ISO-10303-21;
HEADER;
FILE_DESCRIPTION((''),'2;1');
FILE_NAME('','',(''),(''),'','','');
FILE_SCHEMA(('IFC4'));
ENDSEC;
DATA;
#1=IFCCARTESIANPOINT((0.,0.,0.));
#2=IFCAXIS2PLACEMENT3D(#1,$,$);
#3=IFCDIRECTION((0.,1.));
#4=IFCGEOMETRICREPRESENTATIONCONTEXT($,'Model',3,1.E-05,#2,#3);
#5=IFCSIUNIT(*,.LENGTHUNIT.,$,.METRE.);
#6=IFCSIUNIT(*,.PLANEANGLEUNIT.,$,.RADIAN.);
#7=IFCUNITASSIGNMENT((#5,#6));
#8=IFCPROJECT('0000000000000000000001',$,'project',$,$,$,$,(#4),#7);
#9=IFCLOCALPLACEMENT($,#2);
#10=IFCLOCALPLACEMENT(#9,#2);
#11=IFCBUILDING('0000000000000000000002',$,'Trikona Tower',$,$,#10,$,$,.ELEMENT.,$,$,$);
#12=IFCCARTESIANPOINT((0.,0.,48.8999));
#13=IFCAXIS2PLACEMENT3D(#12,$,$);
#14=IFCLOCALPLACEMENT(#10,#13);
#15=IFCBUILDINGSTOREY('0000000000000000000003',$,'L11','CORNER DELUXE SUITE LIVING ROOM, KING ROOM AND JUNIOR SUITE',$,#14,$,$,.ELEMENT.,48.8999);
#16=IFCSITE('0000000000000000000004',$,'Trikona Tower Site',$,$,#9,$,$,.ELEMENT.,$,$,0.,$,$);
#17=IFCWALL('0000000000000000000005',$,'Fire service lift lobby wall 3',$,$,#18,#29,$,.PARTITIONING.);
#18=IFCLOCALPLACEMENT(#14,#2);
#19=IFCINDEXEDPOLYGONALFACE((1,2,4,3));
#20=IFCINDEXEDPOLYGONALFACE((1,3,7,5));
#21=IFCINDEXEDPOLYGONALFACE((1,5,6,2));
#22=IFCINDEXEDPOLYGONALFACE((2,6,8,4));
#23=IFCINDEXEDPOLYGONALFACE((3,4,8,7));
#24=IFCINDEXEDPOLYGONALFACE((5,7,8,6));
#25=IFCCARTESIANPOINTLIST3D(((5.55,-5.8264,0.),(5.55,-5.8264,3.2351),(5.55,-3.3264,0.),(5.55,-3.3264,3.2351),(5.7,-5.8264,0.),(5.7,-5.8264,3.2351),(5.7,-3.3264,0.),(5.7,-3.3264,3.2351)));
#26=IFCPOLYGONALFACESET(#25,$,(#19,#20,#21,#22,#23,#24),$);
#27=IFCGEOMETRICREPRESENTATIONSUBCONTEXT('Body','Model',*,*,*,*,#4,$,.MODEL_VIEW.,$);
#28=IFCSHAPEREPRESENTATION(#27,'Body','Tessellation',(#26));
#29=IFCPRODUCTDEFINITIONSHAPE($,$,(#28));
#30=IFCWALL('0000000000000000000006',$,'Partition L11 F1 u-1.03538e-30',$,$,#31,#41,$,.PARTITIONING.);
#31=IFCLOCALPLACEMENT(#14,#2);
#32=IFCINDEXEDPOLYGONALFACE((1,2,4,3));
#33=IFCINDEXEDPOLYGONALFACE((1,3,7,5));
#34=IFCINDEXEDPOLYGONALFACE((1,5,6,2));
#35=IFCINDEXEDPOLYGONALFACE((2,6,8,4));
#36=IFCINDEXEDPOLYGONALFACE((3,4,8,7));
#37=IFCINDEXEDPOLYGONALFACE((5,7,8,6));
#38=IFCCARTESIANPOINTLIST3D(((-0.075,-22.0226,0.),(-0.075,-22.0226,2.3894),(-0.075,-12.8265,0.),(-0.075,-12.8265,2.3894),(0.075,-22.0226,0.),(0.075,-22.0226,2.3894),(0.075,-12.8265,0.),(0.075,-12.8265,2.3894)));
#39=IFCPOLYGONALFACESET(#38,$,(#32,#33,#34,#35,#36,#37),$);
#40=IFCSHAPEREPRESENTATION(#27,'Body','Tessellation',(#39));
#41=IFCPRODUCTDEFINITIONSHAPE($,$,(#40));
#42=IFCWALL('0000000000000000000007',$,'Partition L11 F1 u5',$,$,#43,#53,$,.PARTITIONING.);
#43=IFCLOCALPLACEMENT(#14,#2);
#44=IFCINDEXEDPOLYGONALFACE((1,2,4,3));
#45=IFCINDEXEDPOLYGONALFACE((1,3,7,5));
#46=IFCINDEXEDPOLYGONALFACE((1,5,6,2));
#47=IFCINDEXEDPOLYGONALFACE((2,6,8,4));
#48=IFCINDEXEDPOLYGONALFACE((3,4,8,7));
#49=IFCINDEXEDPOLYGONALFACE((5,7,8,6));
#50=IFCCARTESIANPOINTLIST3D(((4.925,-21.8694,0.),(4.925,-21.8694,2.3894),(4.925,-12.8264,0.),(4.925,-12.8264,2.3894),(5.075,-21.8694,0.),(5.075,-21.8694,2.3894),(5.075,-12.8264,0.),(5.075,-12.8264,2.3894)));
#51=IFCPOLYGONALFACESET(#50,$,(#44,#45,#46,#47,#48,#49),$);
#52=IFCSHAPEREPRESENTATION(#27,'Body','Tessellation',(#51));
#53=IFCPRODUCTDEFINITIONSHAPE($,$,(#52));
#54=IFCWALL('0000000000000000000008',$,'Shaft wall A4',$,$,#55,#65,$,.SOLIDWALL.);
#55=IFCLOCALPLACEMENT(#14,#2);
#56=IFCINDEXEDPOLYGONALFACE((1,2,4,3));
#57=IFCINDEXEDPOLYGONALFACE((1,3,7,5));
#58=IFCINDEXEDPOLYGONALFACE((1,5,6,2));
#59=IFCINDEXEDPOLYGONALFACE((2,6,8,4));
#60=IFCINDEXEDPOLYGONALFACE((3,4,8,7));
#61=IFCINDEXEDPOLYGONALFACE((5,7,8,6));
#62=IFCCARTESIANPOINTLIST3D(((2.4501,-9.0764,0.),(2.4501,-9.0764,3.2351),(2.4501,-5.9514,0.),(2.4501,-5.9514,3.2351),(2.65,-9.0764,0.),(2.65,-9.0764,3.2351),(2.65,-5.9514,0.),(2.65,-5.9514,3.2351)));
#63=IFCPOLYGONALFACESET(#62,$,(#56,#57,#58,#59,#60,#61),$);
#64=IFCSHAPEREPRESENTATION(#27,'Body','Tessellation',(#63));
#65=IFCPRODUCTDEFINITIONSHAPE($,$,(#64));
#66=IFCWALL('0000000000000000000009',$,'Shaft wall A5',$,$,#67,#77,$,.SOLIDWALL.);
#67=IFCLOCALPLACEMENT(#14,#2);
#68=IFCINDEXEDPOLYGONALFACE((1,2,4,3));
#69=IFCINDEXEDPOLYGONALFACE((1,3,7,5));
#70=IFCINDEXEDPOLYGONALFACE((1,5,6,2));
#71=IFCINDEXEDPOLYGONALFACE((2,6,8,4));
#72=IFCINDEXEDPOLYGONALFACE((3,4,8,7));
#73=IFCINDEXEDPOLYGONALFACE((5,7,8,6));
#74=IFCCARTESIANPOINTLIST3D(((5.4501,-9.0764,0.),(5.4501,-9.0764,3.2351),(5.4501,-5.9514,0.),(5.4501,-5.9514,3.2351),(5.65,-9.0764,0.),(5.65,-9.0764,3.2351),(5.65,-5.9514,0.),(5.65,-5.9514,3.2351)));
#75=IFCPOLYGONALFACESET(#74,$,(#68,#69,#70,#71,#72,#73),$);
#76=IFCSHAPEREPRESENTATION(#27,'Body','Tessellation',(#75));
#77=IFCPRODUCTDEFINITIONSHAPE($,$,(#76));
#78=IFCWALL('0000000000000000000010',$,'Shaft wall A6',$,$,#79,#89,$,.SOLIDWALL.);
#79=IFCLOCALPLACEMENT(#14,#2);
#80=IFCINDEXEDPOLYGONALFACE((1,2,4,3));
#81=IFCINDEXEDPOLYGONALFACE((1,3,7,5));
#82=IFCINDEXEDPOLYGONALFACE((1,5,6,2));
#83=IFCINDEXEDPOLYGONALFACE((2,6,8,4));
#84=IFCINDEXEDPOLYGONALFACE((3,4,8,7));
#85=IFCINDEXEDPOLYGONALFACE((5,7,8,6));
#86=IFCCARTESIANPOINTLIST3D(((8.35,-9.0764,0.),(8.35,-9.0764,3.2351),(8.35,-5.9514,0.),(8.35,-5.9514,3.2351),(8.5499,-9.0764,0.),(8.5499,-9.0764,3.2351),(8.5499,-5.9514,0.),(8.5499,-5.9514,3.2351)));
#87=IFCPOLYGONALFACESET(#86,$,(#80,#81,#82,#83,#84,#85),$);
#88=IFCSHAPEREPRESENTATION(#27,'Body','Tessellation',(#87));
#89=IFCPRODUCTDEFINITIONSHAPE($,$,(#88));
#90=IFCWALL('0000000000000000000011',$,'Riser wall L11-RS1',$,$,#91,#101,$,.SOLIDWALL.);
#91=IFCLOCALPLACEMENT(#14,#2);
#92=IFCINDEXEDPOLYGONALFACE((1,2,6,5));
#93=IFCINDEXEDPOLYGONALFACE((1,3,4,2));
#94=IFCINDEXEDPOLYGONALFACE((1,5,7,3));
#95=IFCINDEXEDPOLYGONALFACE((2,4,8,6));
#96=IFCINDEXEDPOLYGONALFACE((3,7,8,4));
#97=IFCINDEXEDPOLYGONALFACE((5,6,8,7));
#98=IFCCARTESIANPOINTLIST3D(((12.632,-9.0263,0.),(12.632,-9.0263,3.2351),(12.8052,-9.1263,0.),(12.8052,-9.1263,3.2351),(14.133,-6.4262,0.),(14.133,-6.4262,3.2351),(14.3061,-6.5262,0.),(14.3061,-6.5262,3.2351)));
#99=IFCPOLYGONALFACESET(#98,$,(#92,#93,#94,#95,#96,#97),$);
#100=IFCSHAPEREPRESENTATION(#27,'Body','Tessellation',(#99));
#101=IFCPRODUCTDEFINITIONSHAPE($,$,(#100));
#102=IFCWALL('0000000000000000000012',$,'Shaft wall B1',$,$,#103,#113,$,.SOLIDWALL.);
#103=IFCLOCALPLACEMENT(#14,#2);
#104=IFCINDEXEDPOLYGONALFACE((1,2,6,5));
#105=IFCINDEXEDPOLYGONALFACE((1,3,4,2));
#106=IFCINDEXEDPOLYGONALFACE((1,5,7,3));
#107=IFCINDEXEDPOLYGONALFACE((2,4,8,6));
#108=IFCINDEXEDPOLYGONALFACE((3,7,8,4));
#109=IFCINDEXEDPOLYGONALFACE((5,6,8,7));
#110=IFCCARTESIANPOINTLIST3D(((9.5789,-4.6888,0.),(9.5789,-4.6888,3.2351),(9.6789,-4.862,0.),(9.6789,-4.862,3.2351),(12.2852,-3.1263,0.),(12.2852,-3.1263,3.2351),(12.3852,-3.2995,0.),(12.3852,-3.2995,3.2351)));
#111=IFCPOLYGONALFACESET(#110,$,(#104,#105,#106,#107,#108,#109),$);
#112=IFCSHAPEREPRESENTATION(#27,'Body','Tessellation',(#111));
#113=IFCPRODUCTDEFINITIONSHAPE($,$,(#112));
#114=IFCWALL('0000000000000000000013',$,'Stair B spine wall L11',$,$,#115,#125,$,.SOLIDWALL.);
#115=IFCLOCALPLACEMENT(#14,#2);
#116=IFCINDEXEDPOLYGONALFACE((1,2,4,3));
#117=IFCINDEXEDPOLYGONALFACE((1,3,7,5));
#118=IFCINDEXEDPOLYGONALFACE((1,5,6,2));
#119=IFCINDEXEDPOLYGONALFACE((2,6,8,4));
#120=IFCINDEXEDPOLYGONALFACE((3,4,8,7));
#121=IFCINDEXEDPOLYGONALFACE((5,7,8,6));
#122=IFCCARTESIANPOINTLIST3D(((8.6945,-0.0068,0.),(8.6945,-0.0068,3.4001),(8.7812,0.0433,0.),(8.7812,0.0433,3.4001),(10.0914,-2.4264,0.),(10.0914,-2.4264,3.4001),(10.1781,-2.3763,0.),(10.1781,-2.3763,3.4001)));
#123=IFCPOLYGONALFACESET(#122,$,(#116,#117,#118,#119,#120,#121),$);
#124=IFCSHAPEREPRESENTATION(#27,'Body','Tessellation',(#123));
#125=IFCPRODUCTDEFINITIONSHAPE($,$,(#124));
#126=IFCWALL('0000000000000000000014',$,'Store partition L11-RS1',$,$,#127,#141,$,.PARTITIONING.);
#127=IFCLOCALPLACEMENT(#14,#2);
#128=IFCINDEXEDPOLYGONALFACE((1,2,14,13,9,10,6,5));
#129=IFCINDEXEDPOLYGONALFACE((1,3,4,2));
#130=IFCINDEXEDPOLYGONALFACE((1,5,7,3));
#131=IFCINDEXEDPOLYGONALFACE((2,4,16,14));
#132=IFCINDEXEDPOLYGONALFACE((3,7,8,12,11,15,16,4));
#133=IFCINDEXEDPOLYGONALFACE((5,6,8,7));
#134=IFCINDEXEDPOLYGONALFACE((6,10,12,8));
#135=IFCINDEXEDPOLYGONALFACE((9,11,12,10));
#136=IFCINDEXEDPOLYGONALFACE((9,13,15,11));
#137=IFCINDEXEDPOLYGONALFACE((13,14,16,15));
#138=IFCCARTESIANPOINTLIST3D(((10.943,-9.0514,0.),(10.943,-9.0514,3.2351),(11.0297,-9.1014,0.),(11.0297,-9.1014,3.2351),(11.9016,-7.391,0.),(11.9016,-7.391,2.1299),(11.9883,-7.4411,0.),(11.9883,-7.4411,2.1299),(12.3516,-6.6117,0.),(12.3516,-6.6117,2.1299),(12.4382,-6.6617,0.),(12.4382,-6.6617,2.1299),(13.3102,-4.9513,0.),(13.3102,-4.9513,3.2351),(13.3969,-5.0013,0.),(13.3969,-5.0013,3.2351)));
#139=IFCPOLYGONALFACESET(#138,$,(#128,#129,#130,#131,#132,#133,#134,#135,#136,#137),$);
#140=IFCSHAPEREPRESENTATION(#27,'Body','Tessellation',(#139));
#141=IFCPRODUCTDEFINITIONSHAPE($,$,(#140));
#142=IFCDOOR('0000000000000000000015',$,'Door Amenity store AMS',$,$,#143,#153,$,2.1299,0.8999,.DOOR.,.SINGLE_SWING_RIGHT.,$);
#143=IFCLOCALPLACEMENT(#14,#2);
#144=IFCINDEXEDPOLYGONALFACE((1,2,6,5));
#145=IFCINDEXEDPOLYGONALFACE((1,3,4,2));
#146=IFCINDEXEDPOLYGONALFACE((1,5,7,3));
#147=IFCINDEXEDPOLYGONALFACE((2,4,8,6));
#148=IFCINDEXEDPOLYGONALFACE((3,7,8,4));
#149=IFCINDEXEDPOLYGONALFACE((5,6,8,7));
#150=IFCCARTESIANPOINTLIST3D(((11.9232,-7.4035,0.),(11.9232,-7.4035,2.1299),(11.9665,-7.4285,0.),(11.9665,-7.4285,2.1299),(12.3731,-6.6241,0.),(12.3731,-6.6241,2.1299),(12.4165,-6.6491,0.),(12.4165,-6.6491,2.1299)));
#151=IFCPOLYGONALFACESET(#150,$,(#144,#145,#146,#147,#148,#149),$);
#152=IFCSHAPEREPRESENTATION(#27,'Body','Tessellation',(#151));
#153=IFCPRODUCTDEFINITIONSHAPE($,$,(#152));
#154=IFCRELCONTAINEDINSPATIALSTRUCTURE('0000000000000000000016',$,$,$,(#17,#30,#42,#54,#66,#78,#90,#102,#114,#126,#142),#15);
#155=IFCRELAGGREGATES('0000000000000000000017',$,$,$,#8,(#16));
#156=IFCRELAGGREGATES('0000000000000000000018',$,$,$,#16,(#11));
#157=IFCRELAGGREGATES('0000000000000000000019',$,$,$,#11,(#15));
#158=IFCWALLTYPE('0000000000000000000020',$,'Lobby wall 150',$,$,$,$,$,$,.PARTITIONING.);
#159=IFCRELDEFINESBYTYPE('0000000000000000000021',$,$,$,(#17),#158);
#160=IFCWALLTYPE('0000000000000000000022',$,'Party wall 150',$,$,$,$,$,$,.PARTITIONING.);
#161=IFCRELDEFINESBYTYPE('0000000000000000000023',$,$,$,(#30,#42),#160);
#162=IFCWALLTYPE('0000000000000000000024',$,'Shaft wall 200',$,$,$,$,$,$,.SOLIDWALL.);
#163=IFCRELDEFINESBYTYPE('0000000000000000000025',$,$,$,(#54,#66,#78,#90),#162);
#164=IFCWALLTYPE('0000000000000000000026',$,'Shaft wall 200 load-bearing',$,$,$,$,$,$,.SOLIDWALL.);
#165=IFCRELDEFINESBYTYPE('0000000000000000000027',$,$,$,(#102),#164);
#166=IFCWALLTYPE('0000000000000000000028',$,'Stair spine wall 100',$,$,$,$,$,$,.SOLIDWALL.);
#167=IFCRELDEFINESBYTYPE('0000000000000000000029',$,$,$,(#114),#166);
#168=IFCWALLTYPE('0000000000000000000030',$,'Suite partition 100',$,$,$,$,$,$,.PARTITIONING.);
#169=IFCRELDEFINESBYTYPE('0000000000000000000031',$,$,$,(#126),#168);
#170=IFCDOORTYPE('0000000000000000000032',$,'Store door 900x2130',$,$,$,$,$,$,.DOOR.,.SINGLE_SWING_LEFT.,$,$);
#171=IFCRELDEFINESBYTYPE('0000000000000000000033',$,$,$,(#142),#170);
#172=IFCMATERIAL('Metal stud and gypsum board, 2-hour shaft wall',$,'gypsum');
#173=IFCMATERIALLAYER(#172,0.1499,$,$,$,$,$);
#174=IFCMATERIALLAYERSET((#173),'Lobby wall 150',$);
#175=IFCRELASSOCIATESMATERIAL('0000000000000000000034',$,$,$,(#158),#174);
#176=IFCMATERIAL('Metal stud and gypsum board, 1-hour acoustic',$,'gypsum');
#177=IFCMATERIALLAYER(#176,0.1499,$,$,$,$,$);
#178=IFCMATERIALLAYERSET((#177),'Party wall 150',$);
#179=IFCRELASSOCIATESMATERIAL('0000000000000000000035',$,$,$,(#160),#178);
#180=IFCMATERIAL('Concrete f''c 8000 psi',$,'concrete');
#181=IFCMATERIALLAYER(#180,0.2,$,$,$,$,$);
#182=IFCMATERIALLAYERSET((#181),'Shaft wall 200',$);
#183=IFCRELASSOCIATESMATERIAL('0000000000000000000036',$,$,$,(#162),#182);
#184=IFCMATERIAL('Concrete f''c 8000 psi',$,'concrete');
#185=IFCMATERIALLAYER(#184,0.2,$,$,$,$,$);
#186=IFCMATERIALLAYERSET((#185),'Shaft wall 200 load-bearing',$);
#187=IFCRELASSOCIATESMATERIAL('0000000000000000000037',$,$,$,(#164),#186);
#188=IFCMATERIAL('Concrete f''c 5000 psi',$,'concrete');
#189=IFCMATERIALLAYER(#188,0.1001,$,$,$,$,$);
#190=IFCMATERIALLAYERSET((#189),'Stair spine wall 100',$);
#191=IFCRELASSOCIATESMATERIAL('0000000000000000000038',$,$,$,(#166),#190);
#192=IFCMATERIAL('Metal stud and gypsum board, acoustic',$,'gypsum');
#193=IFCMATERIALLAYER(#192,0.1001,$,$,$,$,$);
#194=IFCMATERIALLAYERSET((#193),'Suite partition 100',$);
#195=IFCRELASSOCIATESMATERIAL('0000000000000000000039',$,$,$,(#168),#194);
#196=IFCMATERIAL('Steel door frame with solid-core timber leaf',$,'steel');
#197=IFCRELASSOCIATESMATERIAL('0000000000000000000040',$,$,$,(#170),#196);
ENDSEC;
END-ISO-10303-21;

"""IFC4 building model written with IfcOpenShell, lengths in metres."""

from ifc_helpers import new_model, si_unit, direction, frame, frame_2d, origin, place, context, subcontext, project, spatial, rectangle, extrude, material, layer, layer_set, type_object, element, fill, save


model = new_model("IFC4")

# Units and contexts
model_context = context("Model", 3, precision=1e-05, world=origin(), true_north=direction((0.0, 1.0)))
body_context = subcontext(model_context, "Body", "Model", "MODEL_VIEW")
ifc_project = project(units=[si_unit("LENGTHUNIT", "METRE"), si_unit("PLANEANGLEUNIT", "RADIAN")], contexts=[model_context])

# Site, building, storey
site_placement = place(None, origin())
site = spatial("IfcSite", under=ifc_project, at=site_placement, Name="Trikona Tower Site", CompositionType="ELEMENT", RefElevation=0.0)
building_placement = place(site_placement, origin())
building = spatial("IfcBuilding", under=site, at=building_placement, Name="Trikona Tower", CompositionType="ELEMENT")
storey_placement = place(building_placement, frame((0.0, 0.0, 48.8999)))
storey = spatial("IfcBuildingStorey", under=building, at=storey_placement, Name="L11", Description="CORNER DELUXE SUITE LIVING ROOM, KING ROOM AND JUNIOR SUITE", CompositionType="ELEMENT", Elevation=48.8999)

# Walls
ifc_material_1 = material(Name="Metal stud and gypsum board, 2-hour shaft wall", Category="gypsum")
ifc_layer_1 = layer(ifc_material_1, 0.1499)
ifc_layer_set_1 = layer_set([ifc_layer_1], Name="Lobby wall 150")
wall_type_1 = type_object("IfcWallType", Name="Lobby wall 150", PredefinedType="PARTITIONING", material=ifc_layer_set_1)
wall_1_placement = place(storey_placement, frame((5.625, -5.8264, 0.0), z_axis=(0.0, 0.0, 1.0), x_axis=(0.0, 1.0, 0.0)))
element("IfcWall", 1, at=wall_1_placement, inside=storey, type_object=wall_type_1, Name="Fire service lift lobby wall 3", PredefinedType="PARTITIONING", context=body_context, shape_type="SweptSolid", body=[
    extrude(rectangle(XDim=2.5, YDim=0.1499, at=frame_2d((1.25, 0.0))), origin(), (0.0, 0.0, 1.0), 3.2351),
])
ifc_material_2 = material(Name="Metal stud and gypsum board, 1-hour acoustic", Category="gypsum")
ifc_layer_2 = layer(ifc_material_2, 0.1499)
ifc_layer_set_2 = layer_set([ifc_layer_2], Name="Party wall 150")
wall_type_2 = type_object("IfcWallType", Name="Party wall 150", PredefinedType="PARTITIONING", material=ifc_layer_set_2)
wall_2_placement = place(storey_placement, frame((0.0, -12.8264, 0.0), z_axis=(0.0, 0.0, 1.0), x_axis=(0.0, -1.0, 0.0)))
element("IfcWall", 2, at=wall_2_placement, inside=storey, type_object=wall_type_2, Name="Partition L11 F1 u-1.03538e-30", PredefinedType="PARTITIONING", context=body_context, shape_type="SweptSolid", body=[
    extrude(rectangle(XDim=9.196, YDim=0.1499, at=frame_2d((4.5981, 0.0))), origin(), (0.0, 0.0, 1.0), 2.3894),
])
wall_3_placement = place(storey_placement, frame((5.0, -12.8264, 0.0), z_axis=(0.0, 0.0, 1.0), x_axis=(0.0, -1.0, 0.0)))
element("IfcWall", 3, at=wall_3_placement, inside=storey, type_object=wall_type_2, Name="Partition L11 F1 u5", PredefinedType="PARTITIONING", context=body_context, shape_type="SweptSolid", body=[
    extrude(rectangle(XDim=9.043, YDim=0.1499, at=frame_2d((4.5215, 0.0))), origin(), (0.0, 0.0, 1.0), 2.3894),
])
ifc_material_3 = material(Name="Concrete f'c 8000 psi", Category="concrete")
ifc_layer_3 = layer(ifc_material_3, 0.2)
ifc_layer_set_3 = layer_set([ifc_layer_3], Name="Shaft wall 200")
wall_type_3 = type_object("IfcWallType", Name="Shaft wall 200", PredefinedType="SOLIDWALL", material=ifc_layer_set_3)
for number, where, z_axis, x_axis, name in (
    (4, (2.55, -5.9514, 0.0), (0.0, 0.0, 1.0), (0.0, -1.0, 0.0), "Shaft wall A4"),
    (5, (5.55, -5.9514, 0.0), (0.0, 0.0, 1.0), (0.0, -1.0, 0.0), "Shaft wall A5"),
    (6, (8.45, -5.9514, 0.0), (0.0, 0.0, 1.0), (0.0, -1.0, 0.0), "Shaft wall A6"),
):
    element("IfcWall", number, at=place(storey_placement, frame(where, z_axis=z_axis, x_axis=x_axis)), inside=storey, type_object=wall_type_3, Name=name, PredefinedType="SOLIDWALL", context=body_context, shape_type="SweptSolid", body=[
        extrude(rectangle(XDim=3.125, YDim=0.2, at=frame_2d((1.5625, 0.0))), origin(), (0.0, 0.0, 1.0), 3.2351),
    ])
wall_4_placement = place(storey_placement, frame((14.2195, -6.4763, 0.0), z_axis=(0.0, 0.0, 1.0), x_axis=(-0.499952, -0.866053, 0.0)))
element("IfcWall", 7, at=wall_4_placement, inside=storey, type_object=wall_type_3, Name="Riser wall L11-RS1", PredefinedType="SOLIDWALL", context=body_context, shape_type="SweptSolid", body=[
    extrude(rectangle(XDim=3.0022, YDim=0.2, at=frame_2d((1.501, 0.0))), origin(), (0.0, 0.0, 1.0), 3.2351),
])
ifc_material_4 = material(Name="Concrete f'c 8000 psi", Category="concrete")
ifc_layer_4 = layer(ifc_material_4, 0.2)
ifc_layer_set_4 = layer_set([ifc_layer_4], Name="Shaft wall 200 load-bearing")
wall_type_4 = type_object("IfcWallType", Name="Shaft wall 200 load-bearing", PredefinedType="SOLIDWALL", material=ifc_layer_set_4)
wall_5_placement = place(storey_placement, frame((9.6289, -4.7754, 0.0), z_axis=(0.0, 0.0, 1.0), x_axis=(0.866023, 0.500004, 0.0)))
element("IfcWall", 8, at=wall_5_placement, inside=storey, type_object=wall_type_4, Name="Shaft wall B1", PredefinedType="SOLIDWALL", context=body_context, shape_type="SweptSolid", body=[
    extrude(rectangle(XDim=3.125, YDim=0.2, at=frame_2d((1.5625, 0.0))), origin(), (0.0, 0.0, 1.0), 3.2351),
])
ifc_material_5 = material(Name="Concrete f'c 5000 psi", Category="concrete")
ifc_layer_5 = layer(ifc_material_5, 0.1001)
ifc_layer_set_5 = layer_set([ifc_layer_5], Name="Stair spine wall 100")
wall_type_5 = type_object("IfcWallType", Name="Stair spine wall 100", PredefinedType="SOLIDWALL", material=ifc_layer_set_5)
wall_6_placement = place(storey_placement, frame((10.1348, -2.4014, 0.0), z_axis=(0.0, 0.0, 1.0), x_axis=(-0.499992, 0.86603, 0.0)))
element("IfcWall", 9, at=wall_6_placement, inside=storey, type_object=wall_type_5, Name="Stair B spine wall L11", PredefinedType="SOLIDWALL", context=body_context, shape_type="SweptSolid", body=[
    extrude(rectangle(XDim=2.7939, YDim=0.1001, at=frame_2d((1.397, 0.0))), origin(), (0.0, 0.0, 1.0), 3.4001),
])

# Wall, opening, door
ifc_material_6 = material(Name="Metal stud and gypsum board, acoustic", Category="gypsum")
ifc_layer_6 = layer(ifc_material_6, 0.1001)
ifc_layer_set_6 = layer_set([ifc_layer_6], Name="Suite partition 100")
wall_type_6 = type_object("IfcWallType", Name="Suite partition 100", PredefinedType="PARTITIONING", material=ifc_layer_set_6)
wall_7_placement = place(storey_placement, frame((13.3535, -4.9763, 0.0), z_axis=(0.0, 0.0, 1.0), x_axis=(-0.499999, -0.866026, 0.0)))
wall_7 = element("IfcWall", 10, at=wall_7_placement, inside=storey, type_object=wall_type_6, Name="Store partition L11-RS1", PredefinedType="PARTITIONING", context=body_context, shape_type="SweptSolid", body=[
    extrude(rectangle(XDim=4.7344, YDim=0.1001, at=frame_2d((2.3672, 0.0))), origin(), (0.0, 0.0, 1.0), 3.2351),
])
opening_1_placement = place(wall_7_placement, frame((1.9172, 0.0, 0.0)))
opening_1 = element("IfcOpeningElement", 11, at=opening_1_placement, cuts=wall_7, PredefinedType="OPENING", context=body_context, shape_type="SweptSolid", body=[
    extrude(rectangle(XDim=0.8999, YDim=2.1299, at=frame_2d((0.45, 1.0649))), frame((0.0, 0.0601, 0.0), z_axis=(0.0, -1.0, 0.0), x_axis=(1.0, 0.0, 0.0)), (0.0, 0.0, 1.0), 0.1201),
])
ifc_material_7 = material(Name="Steel door frame with solid-core timber leaf", Category="steel")
door_type_1 = type_object("IfcDoorType", Name="Store door 900x2130", OperationType="SINGLE_SWING_LEFT", PredefinedType="DOOR", material=ifc_material_7)
door_1_placement = place(opening_1_placement, origin())
door_1 = element("IfcDoor", 12, at=door_1_placement, inside=storey, type_object=door_type_1, Name="Door Amenity store AMS", OperationType="SINGLE_SWING_RIGHT", OverallHeight=2.1299, OverallWidth=0.8999, PredefinedType="DOOR", context=body_context, shape_type="SweptSolid", body=[
    extrude(rectangle(XDim=0.8999, YDim=2.1299, at=frame_2d((0.45, 1.0649))), frame((0.0, 0.0249, 0.0), z_axis=(0.0, -1.0, 0.0), x_axis=(1.0, 0.0, 0.0)), (0.0, 0.0, 1.0), 0.05),
])
fill(opening_1, door_1)

save(model, "model.ifc")
